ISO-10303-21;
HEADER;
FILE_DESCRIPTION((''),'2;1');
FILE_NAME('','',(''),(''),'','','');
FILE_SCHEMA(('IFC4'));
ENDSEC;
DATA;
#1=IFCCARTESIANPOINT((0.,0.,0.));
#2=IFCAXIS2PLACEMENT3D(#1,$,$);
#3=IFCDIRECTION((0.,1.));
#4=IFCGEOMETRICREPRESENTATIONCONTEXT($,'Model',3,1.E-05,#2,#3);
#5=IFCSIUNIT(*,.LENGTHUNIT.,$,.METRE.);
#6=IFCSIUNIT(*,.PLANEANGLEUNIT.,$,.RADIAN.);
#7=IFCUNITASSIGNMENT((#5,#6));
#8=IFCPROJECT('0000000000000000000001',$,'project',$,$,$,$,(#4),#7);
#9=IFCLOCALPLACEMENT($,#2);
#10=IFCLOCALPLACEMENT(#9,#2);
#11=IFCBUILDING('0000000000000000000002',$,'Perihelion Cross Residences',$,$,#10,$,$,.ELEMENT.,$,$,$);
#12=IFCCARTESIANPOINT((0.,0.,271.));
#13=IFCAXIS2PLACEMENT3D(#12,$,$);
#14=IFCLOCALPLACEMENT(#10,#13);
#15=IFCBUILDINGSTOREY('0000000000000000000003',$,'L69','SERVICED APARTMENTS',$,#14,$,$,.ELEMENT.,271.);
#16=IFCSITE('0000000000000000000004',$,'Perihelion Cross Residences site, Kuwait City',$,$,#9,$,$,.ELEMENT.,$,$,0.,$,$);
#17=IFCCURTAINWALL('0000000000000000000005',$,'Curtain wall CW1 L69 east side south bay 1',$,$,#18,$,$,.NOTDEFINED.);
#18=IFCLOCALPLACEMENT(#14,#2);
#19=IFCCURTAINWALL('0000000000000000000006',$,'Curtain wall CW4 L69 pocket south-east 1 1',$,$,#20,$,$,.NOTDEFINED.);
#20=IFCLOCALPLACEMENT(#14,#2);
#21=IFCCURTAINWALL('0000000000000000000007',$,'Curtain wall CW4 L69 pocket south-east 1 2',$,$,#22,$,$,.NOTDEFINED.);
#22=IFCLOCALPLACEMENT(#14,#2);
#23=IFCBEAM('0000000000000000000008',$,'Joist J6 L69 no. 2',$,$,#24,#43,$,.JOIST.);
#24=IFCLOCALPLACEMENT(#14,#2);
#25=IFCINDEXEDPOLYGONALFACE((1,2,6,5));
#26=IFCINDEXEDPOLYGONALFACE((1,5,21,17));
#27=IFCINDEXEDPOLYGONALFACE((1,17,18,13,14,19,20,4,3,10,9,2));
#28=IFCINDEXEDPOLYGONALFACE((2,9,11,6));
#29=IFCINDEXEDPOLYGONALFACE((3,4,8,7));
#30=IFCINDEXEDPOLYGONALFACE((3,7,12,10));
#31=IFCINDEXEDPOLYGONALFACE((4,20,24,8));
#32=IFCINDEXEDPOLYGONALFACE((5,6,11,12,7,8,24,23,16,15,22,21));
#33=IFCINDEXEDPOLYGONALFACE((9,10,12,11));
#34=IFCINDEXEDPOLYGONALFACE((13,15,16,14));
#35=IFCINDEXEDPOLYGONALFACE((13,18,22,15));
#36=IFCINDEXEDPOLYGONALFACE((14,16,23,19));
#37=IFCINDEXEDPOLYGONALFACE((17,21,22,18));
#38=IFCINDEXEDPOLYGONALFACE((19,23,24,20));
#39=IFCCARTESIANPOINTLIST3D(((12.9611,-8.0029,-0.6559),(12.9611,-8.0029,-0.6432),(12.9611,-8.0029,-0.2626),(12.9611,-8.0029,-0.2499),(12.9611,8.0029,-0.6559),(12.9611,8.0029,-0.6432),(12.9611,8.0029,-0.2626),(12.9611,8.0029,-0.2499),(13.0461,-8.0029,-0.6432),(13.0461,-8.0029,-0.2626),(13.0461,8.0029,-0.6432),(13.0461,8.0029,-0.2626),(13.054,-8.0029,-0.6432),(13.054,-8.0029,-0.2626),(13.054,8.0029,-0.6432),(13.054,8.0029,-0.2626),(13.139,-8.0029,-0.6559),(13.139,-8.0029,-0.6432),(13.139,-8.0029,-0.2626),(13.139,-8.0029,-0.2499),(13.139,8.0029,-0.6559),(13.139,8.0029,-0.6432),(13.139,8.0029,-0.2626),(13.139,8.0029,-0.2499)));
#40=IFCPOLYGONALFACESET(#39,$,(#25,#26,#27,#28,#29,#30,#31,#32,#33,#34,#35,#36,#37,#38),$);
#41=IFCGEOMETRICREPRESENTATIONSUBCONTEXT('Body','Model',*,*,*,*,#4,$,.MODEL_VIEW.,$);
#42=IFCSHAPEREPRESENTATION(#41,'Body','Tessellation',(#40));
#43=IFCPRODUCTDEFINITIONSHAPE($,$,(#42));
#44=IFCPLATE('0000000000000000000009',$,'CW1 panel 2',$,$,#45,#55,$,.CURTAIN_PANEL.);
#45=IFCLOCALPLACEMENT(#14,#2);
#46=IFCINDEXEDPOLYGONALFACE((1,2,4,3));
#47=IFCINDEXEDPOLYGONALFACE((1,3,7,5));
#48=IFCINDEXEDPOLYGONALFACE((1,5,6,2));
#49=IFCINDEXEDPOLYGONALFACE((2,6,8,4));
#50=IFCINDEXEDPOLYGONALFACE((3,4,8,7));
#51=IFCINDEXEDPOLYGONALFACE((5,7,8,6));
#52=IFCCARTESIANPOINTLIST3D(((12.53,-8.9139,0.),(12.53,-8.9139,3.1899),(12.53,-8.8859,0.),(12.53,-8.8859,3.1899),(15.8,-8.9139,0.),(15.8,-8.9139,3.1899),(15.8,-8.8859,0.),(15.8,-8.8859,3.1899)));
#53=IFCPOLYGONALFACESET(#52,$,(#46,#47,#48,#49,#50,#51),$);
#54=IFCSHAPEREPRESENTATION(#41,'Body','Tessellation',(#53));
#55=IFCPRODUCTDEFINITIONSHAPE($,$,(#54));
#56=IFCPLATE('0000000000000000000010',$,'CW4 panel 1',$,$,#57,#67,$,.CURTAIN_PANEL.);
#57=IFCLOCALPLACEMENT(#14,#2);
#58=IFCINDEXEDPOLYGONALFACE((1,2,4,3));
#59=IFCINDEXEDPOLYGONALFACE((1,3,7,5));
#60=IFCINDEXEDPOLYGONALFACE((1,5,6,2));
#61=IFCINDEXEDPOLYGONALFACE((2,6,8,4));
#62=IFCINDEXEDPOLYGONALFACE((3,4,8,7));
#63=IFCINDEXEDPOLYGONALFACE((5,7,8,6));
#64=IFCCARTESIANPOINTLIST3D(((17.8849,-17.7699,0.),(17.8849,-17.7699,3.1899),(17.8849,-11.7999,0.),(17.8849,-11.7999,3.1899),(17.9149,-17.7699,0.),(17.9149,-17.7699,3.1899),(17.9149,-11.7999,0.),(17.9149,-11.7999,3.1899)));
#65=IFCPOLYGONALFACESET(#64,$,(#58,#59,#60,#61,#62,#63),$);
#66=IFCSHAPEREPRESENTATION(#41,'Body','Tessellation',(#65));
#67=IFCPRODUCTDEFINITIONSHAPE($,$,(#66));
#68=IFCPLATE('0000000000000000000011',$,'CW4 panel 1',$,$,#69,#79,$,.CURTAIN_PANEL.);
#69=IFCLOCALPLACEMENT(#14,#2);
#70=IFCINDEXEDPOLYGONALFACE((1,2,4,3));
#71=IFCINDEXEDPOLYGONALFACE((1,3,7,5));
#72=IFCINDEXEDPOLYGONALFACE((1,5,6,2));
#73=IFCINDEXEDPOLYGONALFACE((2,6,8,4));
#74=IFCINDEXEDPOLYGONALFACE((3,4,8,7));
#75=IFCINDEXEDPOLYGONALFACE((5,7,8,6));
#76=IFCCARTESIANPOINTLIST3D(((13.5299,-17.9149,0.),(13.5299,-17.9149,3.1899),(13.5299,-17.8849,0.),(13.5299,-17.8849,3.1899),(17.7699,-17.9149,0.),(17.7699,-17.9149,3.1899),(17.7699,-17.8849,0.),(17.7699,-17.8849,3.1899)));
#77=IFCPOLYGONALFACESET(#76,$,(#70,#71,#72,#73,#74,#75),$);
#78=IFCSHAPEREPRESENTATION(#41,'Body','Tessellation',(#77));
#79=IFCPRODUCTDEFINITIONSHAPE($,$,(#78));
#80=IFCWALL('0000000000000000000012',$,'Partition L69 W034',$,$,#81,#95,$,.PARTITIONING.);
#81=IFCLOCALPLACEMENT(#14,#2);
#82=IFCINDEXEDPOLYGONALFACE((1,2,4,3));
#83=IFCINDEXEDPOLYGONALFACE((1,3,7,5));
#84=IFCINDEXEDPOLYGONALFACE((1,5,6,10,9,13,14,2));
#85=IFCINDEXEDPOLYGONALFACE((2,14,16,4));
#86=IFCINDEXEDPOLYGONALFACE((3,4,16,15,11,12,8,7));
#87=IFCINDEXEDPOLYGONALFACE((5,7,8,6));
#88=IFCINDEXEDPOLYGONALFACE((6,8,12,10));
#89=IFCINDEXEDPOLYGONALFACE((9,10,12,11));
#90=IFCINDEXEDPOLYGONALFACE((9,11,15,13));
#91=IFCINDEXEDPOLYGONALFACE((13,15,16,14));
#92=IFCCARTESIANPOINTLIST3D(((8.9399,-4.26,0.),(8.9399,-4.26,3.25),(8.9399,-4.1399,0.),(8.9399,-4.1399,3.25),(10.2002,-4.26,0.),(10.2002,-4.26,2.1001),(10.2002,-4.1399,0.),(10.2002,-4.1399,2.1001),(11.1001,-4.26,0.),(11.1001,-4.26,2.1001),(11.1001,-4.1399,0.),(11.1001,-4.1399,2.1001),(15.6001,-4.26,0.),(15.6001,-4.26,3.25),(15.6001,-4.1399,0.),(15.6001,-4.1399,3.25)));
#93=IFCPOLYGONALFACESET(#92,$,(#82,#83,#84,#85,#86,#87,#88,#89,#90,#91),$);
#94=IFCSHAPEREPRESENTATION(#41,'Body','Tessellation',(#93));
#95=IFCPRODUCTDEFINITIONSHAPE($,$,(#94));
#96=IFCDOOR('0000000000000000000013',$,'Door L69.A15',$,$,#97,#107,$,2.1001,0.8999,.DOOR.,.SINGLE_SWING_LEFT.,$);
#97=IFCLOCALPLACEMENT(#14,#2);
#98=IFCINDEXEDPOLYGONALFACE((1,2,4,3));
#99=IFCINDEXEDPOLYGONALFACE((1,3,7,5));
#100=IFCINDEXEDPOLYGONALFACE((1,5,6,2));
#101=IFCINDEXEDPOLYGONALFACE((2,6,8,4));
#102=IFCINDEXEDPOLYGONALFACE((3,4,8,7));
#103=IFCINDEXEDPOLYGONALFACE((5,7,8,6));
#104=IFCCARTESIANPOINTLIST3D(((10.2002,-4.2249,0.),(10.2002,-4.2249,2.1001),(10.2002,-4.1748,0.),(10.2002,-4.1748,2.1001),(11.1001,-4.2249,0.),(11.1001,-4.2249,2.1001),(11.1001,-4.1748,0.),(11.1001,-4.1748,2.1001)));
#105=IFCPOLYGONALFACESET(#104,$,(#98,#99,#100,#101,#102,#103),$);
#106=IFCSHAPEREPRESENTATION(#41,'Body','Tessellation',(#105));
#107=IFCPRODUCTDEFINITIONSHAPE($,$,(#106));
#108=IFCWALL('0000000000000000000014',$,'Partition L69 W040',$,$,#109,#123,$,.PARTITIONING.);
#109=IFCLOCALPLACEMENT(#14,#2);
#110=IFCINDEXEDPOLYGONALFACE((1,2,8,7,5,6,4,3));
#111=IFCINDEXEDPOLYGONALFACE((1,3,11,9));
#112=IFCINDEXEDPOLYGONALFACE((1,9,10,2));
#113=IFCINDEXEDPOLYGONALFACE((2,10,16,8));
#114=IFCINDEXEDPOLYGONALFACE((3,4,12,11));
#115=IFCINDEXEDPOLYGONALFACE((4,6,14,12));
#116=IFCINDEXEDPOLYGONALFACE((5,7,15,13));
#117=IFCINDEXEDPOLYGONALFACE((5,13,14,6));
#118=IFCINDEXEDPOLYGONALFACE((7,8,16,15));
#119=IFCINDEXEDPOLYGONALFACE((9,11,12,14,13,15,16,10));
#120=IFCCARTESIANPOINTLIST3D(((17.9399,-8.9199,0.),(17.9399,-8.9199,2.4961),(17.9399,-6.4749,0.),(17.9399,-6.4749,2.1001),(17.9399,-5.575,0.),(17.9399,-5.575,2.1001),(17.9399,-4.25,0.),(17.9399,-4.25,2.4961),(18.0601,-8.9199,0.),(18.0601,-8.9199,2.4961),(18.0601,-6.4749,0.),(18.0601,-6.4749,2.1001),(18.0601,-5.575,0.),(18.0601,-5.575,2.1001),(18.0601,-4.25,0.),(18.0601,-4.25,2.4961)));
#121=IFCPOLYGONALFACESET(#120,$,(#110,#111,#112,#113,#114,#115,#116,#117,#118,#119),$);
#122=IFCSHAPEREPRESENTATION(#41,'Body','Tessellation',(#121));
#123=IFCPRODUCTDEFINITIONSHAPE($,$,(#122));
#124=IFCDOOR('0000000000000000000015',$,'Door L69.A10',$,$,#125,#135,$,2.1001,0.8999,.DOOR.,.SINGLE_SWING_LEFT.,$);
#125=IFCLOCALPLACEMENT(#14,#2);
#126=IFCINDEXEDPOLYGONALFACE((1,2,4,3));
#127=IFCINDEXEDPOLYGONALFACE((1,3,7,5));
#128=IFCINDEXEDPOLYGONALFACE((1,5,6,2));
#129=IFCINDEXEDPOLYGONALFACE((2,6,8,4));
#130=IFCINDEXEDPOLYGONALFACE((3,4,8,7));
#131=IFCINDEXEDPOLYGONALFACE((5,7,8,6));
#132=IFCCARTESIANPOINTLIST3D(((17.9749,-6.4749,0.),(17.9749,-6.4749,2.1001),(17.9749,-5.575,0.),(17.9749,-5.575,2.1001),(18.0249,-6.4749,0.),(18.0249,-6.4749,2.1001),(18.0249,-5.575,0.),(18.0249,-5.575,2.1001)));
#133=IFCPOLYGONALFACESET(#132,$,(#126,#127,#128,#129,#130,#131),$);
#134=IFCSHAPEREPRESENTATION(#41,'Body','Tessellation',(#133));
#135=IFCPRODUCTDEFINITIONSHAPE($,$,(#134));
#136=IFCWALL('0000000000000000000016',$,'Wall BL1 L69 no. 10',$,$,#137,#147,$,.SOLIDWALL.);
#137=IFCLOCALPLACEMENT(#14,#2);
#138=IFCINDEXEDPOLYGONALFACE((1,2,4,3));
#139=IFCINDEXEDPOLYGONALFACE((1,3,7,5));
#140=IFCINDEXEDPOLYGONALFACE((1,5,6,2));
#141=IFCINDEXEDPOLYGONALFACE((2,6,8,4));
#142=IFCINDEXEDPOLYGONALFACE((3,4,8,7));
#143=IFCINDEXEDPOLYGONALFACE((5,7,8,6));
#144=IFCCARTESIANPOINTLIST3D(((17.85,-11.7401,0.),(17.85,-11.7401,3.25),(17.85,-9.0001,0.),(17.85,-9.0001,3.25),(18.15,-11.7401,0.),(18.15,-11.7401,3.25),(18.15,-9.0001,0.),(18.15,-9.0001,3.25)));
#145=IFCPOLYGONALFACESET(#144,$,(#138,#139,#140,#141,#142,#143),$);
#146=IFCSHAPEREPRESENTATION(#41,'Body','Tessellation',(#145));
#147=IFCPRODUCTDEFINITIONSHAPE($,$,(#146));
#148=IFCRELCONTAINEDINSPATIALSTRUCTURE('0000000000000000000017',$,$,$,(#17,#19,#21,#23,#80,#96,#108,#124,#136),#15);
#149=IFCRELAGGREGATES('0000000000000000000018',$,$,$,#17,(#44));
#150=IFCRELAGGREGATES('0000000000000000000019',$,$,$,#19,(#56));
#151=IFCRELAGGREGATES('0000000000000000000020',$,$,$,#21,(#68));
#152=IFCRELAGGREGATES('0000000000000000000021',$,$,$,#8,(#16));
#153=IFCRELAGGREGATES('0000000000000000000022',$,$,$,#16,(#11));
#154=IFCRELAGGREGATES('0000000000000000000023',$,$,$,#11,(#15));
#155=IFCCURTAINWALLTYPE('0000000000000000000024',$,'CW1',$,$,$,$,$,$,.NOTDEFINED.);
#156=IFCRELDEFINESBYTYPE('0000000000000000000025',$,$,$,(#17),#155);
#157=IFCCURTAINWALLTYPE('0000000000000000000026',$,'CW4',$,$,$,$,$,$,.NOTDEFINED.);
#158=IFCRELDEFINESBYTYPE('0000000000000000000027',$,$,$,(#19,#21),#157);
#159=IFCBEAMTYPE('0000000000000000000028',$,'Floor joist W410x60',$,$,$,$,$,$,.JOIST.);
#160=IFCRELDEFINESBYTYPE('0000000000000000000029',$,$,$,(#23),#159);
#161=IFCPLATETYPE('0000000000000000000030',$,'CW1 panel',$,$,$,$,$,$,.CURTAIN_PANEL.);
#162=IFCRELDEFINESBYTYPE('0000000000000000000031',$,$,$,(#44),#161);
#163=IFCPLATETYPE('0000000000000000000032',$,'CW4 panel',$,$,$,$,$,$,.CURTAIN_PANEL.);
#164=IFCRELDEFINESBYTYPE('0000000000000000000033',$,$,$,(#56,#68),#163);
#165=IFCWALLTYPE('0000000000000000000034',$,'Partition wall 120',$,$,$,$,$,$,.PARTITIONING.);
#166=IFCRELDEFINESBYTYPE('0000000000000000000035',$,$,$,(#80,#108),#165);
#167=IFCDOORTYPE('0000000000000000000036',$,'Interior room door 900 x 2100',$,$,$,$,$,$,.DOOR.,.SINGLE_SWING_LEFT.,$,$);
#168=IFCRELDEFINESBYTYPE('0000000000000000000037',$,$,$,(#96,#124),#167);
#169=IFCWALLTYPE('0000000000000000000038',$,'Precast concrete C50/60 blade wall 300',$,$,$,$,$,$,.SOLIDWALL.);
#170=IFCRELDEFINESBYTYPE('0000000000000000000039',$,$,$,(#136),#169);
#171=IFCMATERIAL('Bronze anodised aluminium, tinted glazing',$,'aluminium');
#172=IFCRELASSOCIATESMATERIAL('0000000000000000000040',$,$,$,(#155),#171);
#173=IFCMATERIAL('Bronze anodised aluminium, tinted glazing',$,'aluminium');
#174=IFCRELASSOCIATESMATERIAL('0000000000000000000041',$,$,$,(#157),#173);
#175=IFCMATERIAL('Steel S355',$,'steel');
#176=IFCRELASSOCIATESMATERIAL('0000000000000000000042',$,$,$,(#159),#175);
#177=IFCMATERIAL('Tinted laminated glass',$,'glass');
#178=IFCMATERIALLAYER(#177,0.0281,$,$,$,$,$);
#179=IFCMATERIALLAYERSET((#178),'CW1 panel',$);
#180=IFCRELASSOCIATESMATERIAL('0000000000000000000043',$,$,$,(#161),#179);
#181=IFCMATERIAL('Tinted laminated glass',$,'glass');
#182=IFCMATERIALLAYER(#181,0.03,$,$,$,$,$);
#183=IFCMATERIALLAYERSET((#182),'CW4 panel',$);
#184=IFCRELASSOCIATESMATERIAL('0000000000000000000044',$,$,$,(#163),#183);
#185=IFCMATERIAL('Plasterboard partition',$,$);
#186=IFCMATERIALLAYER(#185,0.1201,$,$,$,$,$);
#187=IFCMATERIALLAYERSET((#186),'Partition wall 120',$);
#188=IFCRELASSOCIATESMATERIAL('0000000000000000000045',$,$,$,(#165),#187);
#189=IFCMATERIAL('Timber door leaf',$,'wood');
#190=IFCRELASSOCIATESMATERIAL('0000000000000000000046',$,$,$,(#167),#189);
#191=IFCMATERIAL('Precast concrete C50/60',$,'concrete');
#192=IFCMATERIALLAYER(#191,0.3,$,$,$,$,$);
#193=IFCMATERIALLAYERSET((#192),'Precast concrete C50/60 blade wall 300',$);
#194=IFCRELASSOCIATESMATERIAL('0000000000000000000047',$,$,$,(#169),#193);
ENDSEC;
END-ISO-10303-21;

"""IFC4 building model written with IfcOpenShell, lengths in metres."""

from ifc_helpers import new_model, si_unit, direction, frame, frame_2d, origin, origin_2d, place, context, subcontext, project, spatial, rectangle, i_section, extrude, material, layer, layer_set, material_profile, profile_set, type_object, element, fill, aggregate, save


model = new_model("IFC4")

# Units and contexts
model_context = context("Model", 3, precision=1e-05, world=origin(), true_north=direction((0.0, 1.0)))
body_context = subcontext(model_context, "Body", "Model", "MODEL_VIEW")
ifc_project = project(units=[si_unit("LENGTHUNIT", "METRE"), si_unit("PLANEANGLEUNIT", "RADIAN")], contexts=[model_context])

# Site, building, storey
site_placement = place(None, origin())
site = spatial("IfcSite", under=ifc_project, at=site_placement, Name="Perihelion Cross Residences site, Kuwait City", CompositionType="ELEMENT", RefElevation=0.0)
building_placement = place(site_placement, origin())
building = spatial("IfcBuilding", under=site, at=building_placement, Name="Perihelion Cross Residences", CompositionType="ELEMENT")
storey_placement = place(building_placement, frame((0.0, 0.0, 271.0)))
storey = spatial("IfcBuildingStorey", under=building, at=storey_placement, Name="L69", Description="SERVICED APARTMENTS", CompositionType="ELEMENT", Elevation=271.0)

# Curtain wall
ifc_material_1 = material(Name="Bronze anodised aluminium, tinted glazing", Category="aluminium")
curtain_wall_type_1 = type_object("IfcCurtainWallType", Name="CW1", PredefinedType="NOTDEFINED", material=ifc_material_1)
curtain_wall_1_placement = place(storey_placement, origin())
curtain_wall_1 = element("IfcCurtainWall", 1, at=curtain_wall_1_placement, inside=storey, type_object=curtain_wall_type_1, Name="Curtain wall CW1 L69 east side south bay 1", PredefinedType="NOTDEFINED")

# Curtain walls
ifc_material_2 = material(Name="Bronze anodised aluminium, tinted glazing", Category="aluminium")
curtain_wall_type_2 = type_object("IfcCurtainWallType", Name="CW4", PredefinedType="NOTDEFINED", material=ifc_material_2)
curtain_wall_2_placement = place(storey_placement, origin())
curtain_wall_2 = element("IfcCurtainWall", 2, at=curtain_wall_2_placement, inside=storey, type_object=curtain_wall_type_2, Name="Curtain wall CW4 L69 pocket south-east 1 1", PredefinedType="NOTDEFINED")
curtain_wall_3_placement = place(storey_placement, origin())
curtain_wall_3 = element("IfcCurtainWall", 3, at=curtain_wall_3_placement, inside=storey, type_object=curtain_wall_type_2, Name="Curtain wall CW4 L69 pocket south-east 1 2", PredefinedType="NOTDEFINED")

# Beam
ifc_material_3 = material(Name="Steel S355", Category="steel")
ifc_material_profile_1 = material_profile(ifc_material_3, i_section(OverallWidth=0.178, OverallDepth=0.406, WebThickness=0.0078, FlangeThickness=0.0127, at=origin_2d()), Name="W410x60")
ifc_profile_set_1 = profile_set([ifc_material_profile_1], Name="Steel S355")
beam_type_1 = type_object("IfcBeamType", Name="Floor joist W410x60", PredefinedType="JOIST", material=ifc_profile_set_1)
beam_1_placement = place(storey_placement, frame((13.05, -8.0029, -0.4529), z_axis=(0.0, 1.0, 0.0), x_axis=(-1.0, 0.0, 0.0)))
element("IfcBeam", 4, at=beam_1_placement, inside=storey, type_object=beam_type_1, Name="Joist J6 L69 no. 2", PredefinedType="JOIST", context=body_context, shape_type="SweptSolid", body=[
    extrude(i_section(OverallWidth=0.178, OverallDepth=0.406, WebThickness=0.0078, FlangeThickness=0.0127, at=origin_2d()), origin(), (0.0, 0.0, 1.0), 16.0059),
])

# Plates
ifc_material_4 = material(Name="Tinted laminated glass", Category="glass")
ifc_layer_1 = layer(ifc_material_4, 0.0281)
ifc_layer_set_1 = layer_set([ifc_layer_1], Name="CW1 panel")
plate_type_1 = type_object("IfcPlateType", Name="CW1 panel", PredefinedType="CURTAIN_PANEL", material=ifc_layer_set_1)
plate_1_placement = place(storey_placement, frame((14.165, -8.8999, 0.0), z_axis=(0.0, 0.0, 1.0), x_axis=(1.0, 0.0, 0.0)))
plate_1 = element("IfcPlate", 5, at=plate_1_placement, type_object=plate_type_1, Name="CW1 panel 2", PredefinedType="CURTAIN_PANEL", context=body_context, shape_type="SweptSolid", body=[
    extrude(rectangle(XDim=3.27, YDim=0.0281, at=origin_2d()), origin(), (0.0, 0.0, 1.0), 3.1899),
])
aggregate(curtain_wall_1, [plate_1])
ifc_material_5 = material(Name="Tinted laminated glass", Category="glass")
ifc_layer_2 = layer(ifc_material_5, 0.03)
ifc_layer_set_2 = layer_set([ifc_layer_2], Name="CW4 panel")
plate_type_2 = type_object("IfcPlateType", Name="CW4 panel", PredefinedType="CURTAIN_PANEL", material=ifc_layer_set_2)
plate_2_placement = place(storey_placement, frame((17.8999, -14.7849, 0.0), z_axis=(0.0, 0.0, 1.0), x_axis=(0.0, -1.0, 0.0)))
plate_2 = element("IfcPlate", 6, at=plate_2_placement, type_object=plate_type_2, Name="CW4 panel 1", PredefinedType="CURTAIN_PANEL", context=body_context, shape_type="SweptSolid", body=[
    extrude(rectangle(XDim=5.97, YDim=0.03, at=origin_2d()), origin(), (0.0, 0.0, 1.0), 3.1899),
])
aggregate(curtain_wall_2, [plate_2])
plate_3_placement = place(storey_placement, frame((15.6499, -17.8999, 0.0), z_axis=(0.0, 0.0, 1.0), x_axis=(-1.0, 0.0, 0.0)))
plate_3 = element("IfcPlate", 7, at=plate_3_placement, type_object=plate_type_2, Name="CW4 panel 1", PredefinedType="CURTAIN_PANEL", context=body_context, shape_type="SweptSolid", body=[
    extrude(rectangle(XDim=4.24, YDim=0.03, at=origin_2d()), origin(), (0.0, 0.0, 1.0), 3.1899),
])
aggregate(curtain_wall_3, [plate_3])

# Walls, openings, doors
ifc_material_6 = material(Name="Plasterboard partition")
ifc_layer_3 = layer(ifc_material_6, 0.1201)
ifc_layer_set_3 = layer_set([ifc_layer_3], Name="Partition wall 120")
wall_type_1 = type_object("IfcWallType", Name="Partition wall 120", PredefinedType="PARTITIONING", material=ifc_layer_set_3)
wall_1_placement = place(storey_placement, frame((15.6001, -4.2, 0.0), z_axis=(0.0, 0.0, 1.0), x_axis=(-1.0, 0.0, 0.0)))
wall_1 = element("IfcWall", 8, at=wall_1_placement, inside=storey, type_object=wall_type_1, Name="Partition L69 W034", PredefinedType="PARTITIONING", context=body_context, shape_type="SweptSolid", body=[
    extrude(rectangle(XDim=6.6602, YDim=0.1201, at=frame_2d((3.3301, 0.0))), origin(), (0.0, 0.0, 1.0), 3.25),
])
opening_1_placement = place(wall_1_placement, frame((4.5, 0.0, 0.0)))
opening_1 = element("IfcOpeningElement", 9, at=opening_1_placement, cuts=wall_1, PredefinedType="OPENING", context=body_context, shape_type="SweptSolid", body=[
    extrude(rectangle(XDim=0.8999, YDim=2.1001, at=frame_2d((0.45, 1.05))), frame((0.0, 0.0701, 0.0), z_axis=(0.0, -1.0, 0.0), x_axis=(1.0, 0.0, 0.0)), (0.0, 0.0, 1.0), 0.1401),
])
ifc_material_7 = material(Name="Timber door leaf", Category="wood")
door_type_1 = type_object("IfcDoorType", Name="Interior room door 900 x 2100", OperationType="SINGLE_SWING_LEFT", PredefinedType="DOOR", material=ifc_material_7)
door_1_placement = place(opening_1_placement, origin())
door_1 = element("IfcDoor", 10, at=door_1_placement, inside=storey, type_object=door_type_1, Name="Door L69.A15", OperationType="SINGLE_SWING_LEFT", OverallHeight=2.1001, OverallWidth=0.8999, PredefinedType="DOOR", context=body_context, shape_type="SweptSolid", body=[
    extrude(rectangle(XDim=0.8999, YDim=2.1001, at=frame_2d((0.45, 1.05))), frame((0.0, 0.0249, 0.0), z_axis=(0.0, -1.0, 0.0), x_axis=(1.0, 0.0, 0.0)), (0.0, 0.0, 1.0), 0.05),
])
fill(opening_1, door_1)
wall_2_placement = place(storey_placement, frame((18.0, -4.25, 0.0), z_axis=(0.0, 0.0, 1.0), x_axis=(0.0, -1.0, 0.0)))
wall_2 = element("IfcWall", 11, at=wall_2_placement, inside=storey, type_object=wall_type_1, Name="Partition L69 W040", PredefinedType="PARTITIONING", context=body_context, shape_type="SweptSolid", body=[
    extrude(rectangle(XDim=4.6699, YDim=0.1201, at=frame_2d((2.335, 0.0))), origin(), (0.0, 0.0, 1.0), 2.4961),
])
opening_2_placement = place(wall_2_placement, frame((1.325, 0.0, 0.0)))
opening_2 = element("IfcOpeningElement", 12, at=opening_2_placement, cuts=wall_2, PredefinedType="OPENING", context=body_context, shape_type="SweptSolid", body=[
    extrude(rectangle(XDim=0.8999, YDim=2.1001, at=frame_2d((0.45, 1.05))), frame((0.0, 0.0701, 0.0), z_axis=(0.0, -1.0, 0.0), x_axis=(1.0, 0.0, 0.0)), (0.0, 0.0, 1.0), 0.1401),
])
door_2_placement = place(opening_2_placement, origin())
door_2 = element("IfcDoor", 13, at=door_2_placement, inside=storey, type_object=door_type_1, Name="Door L69.A10", OperationType="SINGLE_SWING_LEFT", OverallHeight=2.1001, OverallWidth=0.8999, PredefinedType="DOOR", context=body_context, shape_type="SweptSolid", body=[
    extrude(rectangle(XDim=0.8999, YDim=2.1001, at=frame_2d((0.45, 1.05))), frame((0.0, 0.0249, 0.0), z_axis=(0.0, -1.0, 0.0), x_axis=(1.0, 0.0, 0.0)), (0.0, 0.0, 1.0), 0.05),
])
fill(opening_2, door_2)

# Wall
ifc_material_8 = material(Name="Precast concrete C50/60", Category="concrete")
ifc_layer_4 = layer(ifc_material_8, 0.3)
ifc_layer_set_4 = layer_set([ifc_layer_4], Name="Precast concrete C50/60 blade wall 300")
wall_type_2 = type_object("IfcWallType", Name="Precast concrete C50/60 blade wall 300", PredefinedType="SOLIDWALL", material=ifc_layer_set_4)
wall_3_placement = place(storey_placement, frame((18.0, -9.0, 0.0), z_axis=(0.0, 0.0, 1.0), x_axis=(0.0, -1.0, 0.0)))
element("IfcWall", 14, at=wall_3_placement, inside=storey, type_object=wall_type_2, Name="Wall BL1 L69 no. 10", PredefinedType="SOLIDWALL", context=body_context, shape_type="SweptSolid", body=[
    extrude(rectangle(XDim=2.74, YDim=0.3, at=frame_2d((1.3701, 0.0))), origin(), (0.0, 0.0, 1.0), 3.25),
])

save(model, "model.ifc")
